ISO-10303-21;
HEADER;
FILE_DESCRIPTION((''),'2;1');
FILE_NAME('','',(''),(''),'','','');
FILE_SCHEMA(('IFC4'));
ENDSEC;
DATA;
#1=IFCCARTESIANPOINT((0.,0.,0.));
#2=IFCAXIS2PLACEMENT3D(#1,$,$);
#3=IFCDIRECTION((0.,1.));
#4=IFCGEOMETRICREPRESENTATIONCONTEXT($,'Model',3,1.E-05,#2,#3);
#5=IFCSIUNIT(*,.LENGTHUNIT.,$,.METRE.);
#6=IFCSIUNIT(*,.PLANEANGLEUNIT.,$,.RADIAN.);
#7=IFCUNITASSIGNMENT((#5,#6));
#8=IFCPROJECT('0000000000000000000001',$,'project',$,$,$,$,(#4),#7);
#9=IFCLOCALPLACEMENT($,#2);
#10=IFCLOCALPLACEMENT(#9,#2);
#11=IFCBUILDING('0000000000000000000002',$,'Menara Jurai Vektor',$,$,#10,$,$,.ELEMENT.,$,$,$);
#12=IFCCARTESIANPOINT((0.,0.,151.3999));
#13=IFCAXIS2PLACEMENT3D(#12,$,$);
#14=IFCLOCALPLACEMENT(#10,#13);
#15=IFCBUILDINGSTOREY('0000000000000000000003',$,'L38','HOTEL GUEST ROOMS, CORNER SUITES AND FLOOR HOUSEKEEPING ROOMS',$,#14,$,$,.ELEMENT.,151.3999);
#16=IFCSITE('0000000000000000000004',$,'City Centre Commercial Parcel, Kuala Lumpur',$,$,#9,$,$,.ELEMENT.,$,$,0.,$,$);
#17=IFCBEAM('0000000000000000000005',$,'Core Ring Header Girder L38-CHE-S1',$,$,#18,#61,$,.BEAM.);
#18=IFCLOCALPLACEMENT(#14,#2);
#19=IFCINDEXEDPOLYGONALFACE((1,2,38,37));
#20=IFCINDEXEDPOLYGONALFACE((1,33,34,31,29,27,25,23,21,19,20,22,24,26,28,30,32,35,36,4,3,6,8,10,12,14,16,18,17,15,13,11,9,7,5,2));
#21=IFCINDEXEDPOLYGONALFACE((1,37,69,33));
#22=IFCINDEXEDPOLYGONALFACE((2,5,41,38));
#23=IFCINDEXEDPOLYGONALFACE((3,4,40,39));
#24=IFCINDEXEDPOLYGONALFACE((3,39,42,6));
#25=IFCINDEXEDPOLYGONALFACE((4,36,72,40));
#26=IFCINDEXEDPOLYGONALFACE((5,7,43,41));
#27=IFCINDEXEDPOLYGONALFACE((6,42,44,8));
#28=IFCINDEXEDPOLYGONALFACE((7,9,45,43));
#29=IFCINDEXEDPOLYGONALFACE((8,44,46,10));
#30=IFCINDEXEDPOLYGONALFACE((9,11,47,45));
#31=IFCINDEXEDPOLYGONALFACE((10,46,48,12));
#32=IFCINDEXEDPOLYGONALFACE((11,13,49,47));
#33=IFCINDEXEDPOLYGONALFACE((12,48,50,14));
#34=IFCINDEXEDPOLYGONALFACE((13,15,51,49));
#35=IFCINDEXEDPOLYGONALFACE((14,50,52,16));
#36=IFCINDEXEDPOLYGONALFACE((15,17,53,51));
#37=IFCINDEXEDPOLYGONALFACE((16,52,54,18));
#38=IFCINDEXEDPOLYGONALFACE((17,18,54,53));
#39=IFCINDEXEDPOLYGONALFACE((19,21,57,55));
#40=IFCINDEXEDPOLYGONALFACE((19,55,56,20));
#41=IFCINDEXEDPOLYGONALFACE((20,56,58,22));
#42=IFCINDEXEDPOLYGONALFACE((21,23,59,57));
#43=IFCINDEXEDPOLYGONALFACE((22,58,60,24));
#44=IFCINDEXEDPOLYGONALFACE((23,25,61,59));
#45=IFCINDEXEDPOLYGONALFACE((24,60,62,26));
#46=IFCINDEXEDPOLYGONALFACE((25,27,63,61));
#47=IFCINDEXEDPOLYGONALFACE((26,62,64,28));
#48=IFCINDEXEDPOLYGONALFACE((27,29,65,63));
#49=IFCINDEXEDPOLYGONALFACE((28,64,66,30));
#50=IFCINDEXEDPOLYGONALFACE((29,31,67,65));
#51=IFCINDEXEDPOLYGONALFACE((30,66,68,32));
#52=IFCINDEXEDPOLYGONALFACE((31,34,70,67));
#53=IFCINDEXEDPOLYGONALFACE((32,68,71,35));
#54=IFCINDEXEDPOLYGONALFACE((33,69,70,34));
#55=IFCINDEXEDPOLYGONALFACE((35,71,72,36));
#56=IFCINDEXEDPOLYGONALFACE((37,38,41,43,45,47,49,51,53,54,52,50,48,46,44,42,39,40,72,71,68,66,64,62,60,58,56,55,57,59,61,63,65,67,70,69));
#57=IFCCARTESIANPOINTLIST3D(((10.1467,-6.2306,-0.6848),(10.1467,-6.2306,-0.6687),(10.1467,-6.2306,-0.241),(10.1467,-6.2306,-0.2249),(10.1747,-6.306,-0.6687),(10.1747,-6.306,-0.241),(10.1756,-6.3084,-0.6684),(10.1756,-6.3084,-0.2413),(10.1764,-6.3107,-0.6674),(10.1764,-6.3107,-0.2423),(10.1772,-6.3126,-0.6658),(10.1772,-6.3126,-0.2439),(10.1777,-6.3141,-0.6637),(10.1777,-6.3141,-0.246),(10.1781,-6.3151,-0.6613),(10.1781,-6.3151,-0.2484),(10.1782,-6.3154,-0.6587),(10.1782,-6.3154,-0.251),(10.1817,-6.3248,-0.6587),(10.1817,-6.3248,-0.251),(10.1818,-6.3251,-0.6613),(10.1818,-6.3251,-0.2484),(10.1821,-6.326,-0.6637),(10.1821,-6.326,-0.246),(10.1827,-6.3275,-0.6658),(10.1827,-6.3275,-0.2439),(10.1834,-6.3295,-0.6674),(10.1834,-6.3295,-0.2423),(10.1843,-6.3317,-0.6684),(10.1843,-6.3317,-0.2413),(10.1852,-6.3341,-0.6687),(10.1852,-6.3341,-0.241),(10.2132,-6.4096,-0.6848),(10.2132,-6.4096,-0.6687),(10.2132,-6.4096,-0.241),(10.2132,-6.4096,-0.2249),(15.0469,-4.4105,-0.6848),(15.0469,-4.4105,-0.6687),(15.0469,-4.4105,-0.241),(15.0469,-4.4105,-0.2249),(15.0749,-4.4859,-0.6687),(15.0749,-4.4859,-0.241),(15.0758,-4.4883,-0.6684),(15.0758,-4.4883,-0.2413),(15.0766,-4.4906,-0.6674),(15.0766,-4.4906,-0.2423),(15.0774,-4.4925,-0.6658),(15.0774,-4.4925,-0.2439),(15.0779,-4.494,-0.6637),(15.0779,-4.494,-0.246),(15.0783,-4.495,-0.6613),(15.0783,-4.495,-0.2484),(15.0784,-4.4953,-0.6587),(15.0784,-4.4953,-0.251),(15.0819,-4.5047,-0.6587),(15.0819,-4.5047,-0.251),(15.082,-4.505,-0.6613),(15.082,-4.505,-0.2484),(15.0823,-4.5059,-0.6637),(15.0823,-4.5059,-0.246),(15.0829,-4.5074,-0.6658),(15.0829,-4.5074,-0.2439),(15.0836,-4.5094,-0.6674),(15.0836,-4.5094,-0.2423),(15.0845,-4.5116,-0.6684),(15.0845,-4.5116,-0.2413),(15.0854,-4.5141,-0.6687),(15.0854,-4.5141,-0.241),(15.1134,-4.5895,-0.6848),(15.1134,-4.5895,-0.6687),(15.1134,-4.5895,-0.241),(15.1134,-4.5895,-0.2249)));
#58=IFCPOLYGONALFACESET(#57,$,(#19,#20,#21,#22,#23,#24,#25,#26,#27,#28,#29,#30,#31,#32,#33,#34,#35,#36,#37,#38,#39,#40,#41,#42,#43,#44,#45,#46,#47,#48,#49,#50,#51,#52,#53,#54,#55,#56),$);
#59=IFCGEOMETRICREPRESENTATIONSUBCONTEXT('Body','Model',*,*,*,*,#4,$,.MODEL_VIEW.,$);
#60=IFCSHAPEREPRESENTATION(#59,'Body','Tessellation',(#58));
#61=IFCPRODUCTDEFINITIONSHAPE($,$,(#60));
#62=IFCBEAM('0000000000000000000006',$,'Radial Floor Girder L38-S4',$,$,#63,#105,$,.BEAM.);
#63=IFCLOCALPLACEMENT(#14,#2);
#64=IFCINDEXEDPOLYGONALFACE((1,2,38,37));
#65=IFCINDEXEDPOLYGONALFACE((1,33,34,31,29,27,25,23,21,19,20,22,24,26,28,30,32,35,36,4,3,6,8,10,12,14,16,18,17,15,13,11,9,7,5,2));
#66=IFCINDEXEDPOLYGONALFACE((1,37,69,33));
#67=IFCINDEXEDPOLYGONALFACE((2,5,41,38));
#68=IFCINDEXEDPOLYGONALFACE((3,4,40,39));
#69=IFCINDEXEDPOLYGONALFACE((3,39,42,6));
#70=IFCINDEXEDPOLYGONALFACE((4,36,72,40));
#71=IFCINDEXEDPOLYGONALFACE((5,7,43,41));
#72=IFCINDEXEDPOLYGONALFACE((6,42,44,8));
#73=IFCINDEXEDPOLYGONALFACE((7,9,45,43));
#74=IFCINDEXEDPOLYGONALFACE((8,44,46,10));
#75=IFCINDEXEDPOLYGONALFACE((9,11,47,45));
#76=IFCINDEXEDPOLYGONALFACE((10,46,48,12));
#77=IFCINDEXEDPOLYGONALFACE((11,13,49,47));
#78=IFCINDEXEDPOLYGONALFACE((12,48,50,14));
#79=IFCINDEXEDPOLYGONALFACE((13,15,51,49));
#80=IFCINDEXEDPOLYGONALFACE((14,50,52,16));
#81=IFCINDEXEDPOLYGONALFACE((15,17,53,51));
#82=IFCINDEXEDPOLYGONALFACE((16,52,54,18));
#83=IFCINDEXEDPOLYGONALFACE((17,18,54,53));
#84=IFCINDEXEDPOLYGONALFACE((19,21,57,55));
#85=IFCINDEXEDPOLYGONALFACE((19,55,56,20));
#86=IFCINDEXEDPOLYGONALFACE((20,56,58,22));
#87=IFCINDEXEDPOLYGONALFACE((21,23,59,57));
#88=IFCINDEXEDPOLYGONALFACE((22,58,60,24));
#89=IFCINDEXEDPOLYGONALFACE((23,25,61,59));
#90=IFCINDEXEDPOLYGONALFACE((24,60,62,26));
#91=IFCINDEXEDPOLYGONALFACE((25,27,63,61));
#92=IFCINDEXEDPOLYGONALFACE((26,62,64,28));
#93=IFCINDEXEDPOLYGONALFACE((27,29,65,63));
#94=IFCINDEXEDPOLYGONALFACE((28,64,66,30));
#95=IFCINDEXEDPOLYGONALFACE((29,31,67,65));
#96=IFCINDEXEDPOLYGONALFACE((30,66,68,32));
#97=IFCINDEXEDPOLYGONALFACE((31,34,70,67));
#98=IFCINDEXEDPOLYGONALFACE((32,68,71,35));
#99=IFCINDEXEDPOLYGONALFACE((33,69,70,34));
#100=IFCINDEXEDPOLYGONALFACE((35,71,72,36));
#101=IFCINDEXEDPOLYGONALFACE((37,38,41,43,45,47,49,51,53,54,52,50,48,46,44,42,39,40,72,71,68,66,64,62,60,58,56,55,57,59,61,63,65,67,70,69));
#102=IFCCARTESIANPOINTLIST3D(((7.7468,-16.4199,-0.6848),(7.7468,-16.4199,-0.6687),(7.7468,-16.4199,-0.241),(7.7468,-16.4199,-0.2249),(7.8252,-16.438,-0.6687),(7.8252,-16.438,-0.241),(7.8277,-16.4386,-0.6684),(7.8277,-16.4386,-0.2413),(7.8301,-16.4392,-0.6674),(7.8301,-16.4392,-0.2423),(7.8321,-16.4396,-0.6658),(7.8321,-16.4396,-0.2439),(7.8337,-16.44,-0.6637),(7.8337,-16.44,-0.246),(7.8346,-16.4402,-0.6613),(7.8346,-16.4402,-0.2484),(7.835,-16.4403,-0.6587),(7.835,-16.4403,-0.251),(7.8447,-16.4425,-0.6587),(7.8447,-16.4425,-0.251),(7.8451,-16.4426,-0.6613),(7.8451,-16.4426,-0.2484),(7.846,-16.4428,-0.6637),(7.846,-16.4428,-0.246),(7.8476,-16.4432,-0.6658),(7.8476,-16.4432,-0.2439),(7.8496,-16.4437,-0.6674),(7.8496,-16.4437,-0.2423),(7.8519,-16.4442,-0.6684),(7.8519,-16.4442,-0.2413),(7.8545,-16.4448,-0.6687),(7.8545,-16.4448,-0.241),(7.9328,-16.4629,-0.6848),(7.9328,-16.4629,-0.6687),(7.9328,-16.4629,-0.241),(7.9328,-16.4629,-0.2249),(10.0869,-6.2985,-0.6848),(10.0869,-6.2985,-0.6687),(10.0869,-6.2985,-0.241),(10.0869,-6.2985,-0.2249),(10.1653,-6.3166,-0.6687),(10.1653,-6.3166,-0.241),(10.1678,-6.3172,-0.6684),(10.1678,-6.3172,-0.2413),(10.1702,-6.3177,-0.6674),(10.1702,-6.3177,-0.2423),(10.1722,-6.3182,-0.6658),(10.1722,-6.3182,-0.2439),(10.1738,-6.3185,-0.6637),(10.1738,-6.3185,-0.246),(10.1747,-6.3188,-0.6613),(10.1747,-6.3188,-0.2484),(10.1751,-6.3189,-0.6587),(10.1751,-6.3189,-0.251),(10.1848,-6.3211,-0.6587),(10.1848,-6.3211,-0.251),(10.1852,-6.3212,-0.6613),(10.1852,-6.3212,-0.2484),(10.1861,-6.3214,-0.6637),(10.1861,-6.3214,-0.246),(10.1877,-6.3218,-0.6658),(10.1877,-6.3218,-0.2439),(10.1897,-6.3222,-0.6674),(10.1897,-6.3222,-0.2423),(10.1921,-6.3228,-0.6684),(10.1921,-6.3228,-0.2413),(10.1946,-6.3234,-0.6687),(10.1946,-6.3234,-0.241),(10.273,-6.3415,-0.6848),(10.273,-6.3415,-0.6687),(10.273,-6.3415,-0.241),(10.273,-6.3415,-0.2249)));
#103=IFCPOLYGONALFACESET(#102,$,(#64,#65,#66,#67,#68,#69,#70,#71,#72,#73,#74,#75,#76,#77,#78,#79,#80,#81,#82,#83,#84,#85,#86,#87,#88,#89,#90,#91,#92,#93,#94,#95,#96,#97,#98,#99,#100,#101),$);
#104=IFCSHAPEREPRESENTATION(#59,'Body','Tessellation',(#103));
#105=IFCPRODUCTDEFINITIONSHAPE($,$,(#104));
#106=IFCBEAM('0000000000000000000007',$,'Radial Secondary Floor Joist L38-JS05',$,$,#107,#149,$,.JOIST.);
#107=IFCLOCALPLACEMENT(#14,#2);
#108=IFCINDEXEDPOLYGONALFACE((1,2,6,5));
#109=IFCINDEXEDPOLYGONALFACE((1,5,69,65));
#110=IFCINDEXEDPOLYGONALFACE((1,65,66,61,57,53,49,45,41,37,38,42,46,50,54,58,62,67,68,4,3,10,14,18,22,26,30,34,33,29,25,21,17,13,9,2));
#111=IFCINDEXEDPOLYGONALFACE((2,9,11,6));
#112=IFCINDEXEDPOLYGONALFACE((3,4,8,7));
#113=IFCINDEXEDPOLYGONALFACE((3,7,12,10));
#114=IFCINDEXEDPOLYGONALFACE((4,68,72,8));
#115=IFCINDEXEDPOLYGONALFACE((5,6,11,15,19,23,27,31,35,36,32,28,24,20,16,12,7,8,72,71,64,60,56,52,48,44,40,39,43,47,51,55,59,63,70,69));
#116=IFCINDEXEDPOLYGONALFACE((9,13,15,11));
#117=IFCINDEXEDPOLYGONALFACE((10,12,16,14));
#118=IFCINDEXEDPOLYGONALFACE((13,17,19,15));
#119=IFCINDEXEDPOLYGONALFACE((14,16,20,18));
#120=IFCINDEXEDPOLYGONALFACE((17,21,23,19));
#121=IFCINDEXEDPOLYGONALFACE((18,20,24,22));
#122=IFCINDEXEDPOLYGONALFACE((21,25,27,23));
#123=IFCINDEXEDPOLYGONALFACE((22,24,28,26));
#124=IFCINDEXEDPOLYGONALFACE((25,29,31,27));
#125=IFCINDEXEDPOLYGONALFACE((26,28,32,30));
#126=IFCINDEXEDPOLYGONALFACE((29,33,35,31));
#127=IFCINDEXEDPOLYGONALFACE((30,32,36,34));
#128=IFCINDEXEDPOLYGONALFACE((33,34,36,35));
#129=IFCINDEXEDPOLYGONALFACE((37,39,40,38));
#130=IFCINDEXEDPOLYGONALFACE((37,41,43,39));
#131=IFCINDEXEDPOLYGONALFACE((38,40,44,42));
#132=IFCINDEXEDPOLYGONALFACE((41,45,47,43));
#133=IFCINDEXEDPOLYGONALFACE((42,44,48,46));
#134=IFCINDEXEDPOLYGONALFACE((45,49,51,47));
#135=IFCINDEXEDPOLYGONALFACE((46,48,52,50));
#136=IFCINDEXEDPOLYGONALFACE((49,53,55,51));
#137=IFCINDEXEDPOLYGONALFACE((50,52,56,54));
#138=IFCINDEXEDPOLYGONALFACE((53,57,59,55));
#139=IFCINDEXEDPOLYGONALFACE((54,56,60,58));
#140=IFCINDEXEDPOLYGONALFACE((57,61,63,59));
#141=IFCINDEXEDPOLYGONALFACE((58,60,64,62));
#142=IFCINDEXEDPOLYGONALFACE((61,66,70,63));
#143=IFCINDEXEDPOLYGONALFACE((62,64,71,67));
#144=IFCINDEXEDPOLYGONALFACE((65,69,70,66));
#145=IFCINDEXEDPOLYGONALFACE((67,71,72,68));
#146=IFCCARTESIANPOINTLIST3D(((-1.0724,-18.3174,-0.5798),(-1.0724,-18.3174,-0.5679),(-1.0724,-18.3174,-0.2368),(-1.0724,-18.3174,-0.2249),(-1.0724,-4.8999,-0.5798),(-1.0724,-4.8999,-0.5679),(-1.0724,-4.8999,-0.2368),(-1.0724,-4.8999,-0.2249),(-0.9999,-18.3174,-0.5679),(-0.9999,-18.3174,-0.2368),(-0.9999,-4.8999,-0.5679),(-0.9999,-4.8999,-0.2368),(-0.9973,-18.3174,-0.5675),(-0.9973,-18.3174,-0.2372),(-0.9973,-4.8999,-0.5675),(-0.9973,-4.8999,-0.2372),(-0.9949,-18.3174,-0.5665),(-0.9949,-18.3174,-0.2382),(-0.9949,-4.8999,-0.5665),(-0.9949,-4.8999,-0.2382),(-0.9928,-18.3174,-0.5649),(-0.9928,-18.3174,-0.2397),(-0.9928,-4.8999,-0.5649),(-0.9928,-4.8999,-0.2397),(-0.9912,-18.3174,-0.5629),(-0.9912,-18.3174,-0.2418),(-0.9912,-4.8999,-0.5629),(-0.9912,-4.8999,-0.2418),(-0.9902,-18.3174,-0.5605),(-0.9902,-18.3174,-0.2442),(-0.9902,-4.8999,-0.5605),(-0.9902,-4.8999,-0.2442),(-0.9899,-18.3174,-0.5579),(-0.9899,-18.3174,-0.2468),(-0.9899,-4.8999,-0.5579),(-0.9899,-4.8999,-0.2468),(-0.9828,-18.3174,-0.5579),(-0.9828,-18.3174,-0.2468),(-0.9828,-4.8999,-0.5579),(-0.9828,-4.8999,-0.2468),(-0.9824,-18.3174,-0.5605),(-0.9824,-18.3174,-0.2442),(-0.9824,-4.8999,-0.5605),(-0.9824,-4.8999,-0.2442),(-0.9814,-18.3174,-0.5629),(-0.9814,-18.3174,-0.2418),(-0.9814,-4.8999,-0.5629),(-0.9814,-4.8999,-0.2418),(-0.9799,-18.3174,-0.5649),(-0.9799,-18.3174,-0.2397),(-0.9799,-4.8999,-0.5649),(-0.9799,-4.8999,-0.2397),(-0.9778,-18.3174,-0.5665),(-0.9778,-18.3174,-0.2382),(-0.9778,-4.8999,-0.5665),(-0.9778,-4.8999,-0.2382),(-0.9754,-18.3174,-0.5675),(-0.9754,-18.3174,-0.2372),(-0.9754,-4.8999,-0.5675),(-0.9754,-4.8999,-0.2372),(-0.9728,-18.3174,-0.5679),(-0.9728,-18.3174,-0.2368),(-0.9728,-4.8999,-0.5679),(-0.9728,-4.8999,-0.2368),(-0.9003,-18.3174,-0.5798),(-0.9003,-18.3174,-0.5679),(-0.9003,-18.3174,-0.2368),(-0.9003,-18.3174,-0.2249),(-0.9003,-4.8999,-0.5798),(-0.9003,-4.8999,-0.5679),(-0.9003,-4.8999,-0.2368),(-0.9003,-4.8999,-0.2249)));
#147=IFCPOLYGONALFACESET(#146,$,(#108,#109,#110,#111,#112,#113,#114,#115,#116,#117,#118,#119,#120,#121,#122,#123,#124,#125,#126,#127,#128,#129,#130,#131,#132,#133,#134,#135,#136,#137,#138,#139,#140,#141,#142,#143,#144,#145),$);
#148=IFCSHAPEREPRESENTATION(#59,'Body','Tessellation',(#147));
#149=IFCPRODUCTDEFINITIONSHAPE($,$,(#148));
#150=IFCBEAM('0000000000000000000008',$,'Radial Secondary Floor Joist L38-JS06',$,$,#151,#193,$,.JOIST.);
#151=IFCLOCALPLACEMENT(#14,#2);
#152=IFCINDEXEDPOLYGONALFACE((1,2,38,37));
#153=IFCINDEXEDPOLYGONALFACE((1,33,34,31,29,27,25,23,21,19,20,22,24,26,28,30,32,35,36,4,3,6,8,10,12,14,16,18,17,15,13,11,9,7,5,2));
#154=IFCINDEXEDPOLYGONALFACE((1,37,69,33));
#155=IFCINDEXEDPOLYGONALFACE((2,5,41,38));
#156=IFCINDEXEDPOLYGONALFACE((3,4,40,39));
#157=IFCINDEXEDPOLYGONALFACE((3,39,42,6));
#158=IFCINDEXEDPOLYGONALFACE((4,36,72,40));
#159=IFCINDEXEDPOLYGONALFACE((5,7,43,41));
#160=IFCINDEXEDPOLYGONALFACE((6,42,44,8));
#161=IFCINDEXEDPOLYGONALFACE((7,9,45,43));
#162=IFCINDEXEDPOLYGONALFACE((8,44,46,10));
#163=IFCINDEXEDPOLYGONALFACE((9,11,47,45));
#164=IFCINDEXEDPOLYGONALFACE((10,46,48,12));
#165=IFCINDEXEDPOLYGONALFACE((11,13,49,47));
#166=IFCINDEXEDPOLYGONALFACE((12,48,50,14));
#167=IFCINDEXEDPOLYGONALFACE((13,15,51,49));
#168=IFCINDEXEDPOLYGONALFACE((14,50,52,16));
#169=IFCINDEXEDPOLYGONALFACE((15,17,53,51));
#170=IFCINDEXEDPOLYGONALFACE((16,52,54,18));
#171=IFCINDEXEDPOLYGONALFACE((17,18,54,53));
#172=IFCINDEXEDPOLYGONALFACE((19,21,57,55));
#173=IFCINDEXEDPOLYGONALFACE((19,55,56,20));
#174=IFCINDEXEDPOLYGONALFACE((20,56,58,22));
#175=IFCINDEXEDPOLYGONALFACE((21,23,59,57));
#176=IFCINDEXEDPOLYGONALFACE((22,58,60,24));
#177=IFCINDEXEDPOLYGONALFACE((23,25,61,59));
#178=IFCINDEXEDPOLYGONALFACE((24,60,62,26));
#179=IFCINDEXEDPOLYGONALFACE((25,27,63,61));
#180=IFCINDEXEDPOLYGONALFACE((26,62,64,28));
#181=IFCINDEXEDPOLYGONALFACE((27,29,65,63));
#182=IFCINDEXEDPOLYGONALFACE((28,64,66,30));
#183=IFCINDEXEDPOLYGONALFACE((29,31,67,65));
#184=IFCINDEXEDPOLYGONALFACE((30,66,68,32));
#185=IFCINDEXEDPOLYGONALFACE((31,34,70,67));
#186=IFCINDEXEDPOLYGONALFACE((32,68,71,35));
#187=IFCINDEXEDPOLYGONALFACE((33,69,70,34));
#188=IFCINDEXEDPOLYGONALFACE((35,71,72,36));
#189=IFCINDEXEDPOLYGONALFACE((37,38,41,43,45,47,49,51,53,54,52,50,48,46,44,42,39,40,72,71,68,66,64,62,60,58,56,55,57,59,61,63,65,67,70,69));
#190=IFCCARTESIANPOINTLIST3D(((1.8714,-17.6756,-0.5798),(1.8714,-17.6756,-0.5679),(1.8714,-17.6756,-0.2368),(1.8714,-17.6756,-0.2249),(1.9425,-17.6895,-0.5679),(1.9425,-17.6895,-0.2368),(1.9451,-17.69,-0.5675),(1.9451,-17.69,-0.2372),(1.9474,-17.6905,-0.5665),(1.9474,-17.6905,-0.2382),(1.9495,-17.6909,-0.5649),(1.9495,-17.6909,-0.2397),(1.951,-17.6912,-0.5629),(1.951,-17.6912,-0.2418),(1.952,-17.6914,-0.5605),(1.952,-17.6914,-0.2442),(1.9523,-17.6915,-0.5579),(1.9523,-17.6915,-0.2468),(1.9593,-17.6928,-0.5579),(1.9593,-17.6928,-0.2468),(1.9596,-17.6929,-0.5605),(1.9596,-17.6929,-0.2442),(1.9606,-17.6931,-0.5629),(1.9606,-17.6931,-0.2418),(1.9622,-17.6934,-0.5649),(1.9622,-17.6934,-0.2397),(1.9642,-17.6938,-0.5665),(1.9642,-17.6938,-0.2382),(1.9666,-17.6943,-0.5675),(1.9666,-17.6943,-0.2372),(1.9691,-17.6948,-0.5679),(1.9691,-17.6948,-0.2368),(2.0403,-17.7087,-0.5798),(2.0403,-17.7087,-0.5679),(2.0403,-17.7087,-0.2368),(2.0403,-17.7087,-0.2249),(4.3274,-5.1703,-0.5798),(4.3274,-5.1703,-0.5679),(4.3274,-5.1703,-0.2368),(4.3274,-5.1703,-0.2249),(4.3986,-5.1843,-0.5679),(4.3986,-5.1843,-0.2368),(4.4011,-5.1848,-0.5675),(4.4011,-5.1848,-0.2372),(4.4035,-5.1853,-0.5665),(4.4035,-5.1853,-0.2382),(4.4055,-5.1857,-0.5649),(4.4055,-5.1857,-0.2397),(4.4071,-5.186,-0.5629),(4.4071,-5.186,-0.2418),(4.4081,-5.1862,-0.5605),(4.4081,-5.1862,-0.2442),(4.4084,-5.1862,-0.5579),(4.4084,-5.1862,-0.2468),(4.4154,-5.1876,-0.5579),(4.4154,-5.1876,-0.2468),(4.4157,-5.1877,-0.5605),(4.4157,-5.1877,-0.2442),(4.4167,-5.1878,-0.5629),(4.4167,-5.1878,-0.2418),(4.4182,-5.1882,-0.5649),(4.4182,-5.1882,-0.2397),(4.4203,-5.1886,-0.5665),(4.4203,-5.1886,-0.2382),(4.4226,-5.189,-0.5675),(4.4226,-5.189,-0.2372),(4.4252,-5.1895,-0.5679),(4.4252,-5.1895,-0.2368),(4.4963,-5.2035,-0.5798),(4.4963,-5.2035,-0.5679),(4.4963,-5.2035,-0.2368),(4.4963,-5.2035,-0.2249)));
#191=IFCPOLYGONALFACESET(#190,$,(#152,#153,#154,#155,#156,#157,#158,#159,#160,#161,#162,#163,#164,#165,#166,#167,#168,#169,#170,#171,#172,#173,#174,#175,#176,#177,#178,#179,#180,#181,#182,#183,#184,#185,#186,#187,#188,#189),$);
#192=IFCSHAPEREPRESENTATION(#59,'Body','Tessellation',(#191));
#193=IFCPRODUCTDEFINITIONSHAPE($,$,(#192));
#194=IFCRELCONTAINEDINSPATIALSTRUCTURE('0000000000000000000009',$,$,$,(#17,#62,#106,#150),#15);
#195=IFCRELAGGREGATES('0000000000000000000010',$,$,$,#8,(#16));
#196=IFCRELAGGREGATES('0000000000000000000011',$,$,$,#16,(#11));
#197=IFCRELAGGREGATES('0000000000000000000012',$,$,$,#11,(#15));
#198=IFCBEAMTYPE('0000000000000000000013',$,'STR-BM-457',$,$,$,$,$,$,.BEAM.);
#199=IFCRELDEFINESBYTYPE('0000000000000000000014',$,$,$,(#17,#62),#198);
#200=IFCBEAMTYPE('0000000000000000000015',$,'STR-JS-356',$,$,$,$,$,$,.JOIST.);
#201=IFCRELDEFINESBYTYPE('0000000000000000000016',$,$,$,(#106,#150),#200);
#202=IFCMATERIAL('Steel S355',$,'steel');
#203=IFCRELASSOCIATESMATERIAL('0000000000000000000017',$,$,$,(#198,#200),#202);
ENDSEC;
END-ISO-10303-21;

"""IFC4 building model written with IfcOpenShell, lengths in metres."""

from ifc_helpers import new_model, si_unit, direction, frame, origin, origin_2d, place, context, subcontext, project, spatial, i_section, extrude, material, material_profile, profile_set, type_object, element, save


model = new_model("IFC4")

# Units and contexts
model_context = context("Model", 3, precision=1e-05, world=origin(), true_north=direction((0.0, 1.0)))
body_context = subcontext(model_context, "Body", "Model", "MODEL_VIEW")
ifc_project = project(units=[si_unit("LENGTHUNIT", "METRE"), si_unit("PLANEANGLEUNIT", "RADIAN")], contexts=[model_context])

# Site, building, storey
site_placement = place(None, origin())
site = spatial("IfcSite", under=ifc_project, at=site_placement, Name="City Centre Commercial Parcel, Kuala Lumpur", CompositionType="ELEMENT", RefElevation=0.0)
building_placement = place(site_placement, origin())
building = spatial("IfcBuilding", under=site, at=building_placement, Name="Menara Jurai Vektor", CompositionType="ELEMENT")
storey_placement = place(building_placement, frame((0.0, 0.0, 151.3999)))
storey = spatial("IfcBuildingStorey", under=building, at=storey_placement, Name="L38", Description="HOTEL GUEST ROOMS, CORNER SUITES AND FLOOR HOUSEKEEPING ROOMS", CompositionType="ELEMENT", Elevation=151.3999)

# Beams
ifc_material_1 = material(Name="Steel S355", Category="steel")
ifc_material_profile_1 = material_profile(ifc_material_1, i_section(OverallWidth=0.1909, OverallDepth=0.46, WebThickness=0.01, FlangeThickness=0.0161, FilletRadius=0.01, at=origin_2d()), Name="UKB 457x191x82")
ifc_profile_set_1 = profile_set([ifc_material_profile_1], Name="Steel S355")
beam_type_1 = type_object("IfcBeamType", Name="STR-BM-457", PredefinedType="BEAM", material=ifc_profile_set_1)
beam_1_placement = place(storey_placement, frame((10.1799, -6.3201, -0.4548), z_axis=(0.937424, 0.348189, 0.0), x_axis=(-0.348189, 0.937424, 0.0)))
element("IfcBeam", 1, at=beam_1_placement, inside=storey, type_object=beam_type_1, Name="Core Ring Header Girder L38-CHE-S1", PredefinedType="BEAM", context=body_context, shape_type="SweptSolid", body=[
    extrude(i_section(OverallWidth=0.1909, OverallDepth=0.46, WebThickness=0.01, FlangeThickness=0.0161, FilletRadius=0.01, at=origin_2d()), origin(), (0.0, 0.0, 1.0), 5.2273),
])
beam_2_placement = place(storey_placement, frame((7.8398, -16.4414, -0.4548), z_axis=(0.225261, 0.974298, 0.0), x_axis=(-0.974298, 0.225261, 0.0)))
element("IfcBeam", 2, at=beam_2_placement, inside=storey, type_object=beam_type_1, Name="Radial Floor Girder L38-S4", PredefinedType="BEAM", context=body_context, shape_type="SweptSolid", body=[
    extrude(i_section(OverallWidth=0.1909, OverallDepth=0.46, WebThickness=0.01, FlangeThickness=0.0161, FilletRadius=0.01, at=origin_2d()), origin(), (0.0, 0.0, 1.0), 10.3884),
])
ifc_material_profile_2 = material_profile(ifc_material_1, i_section(OverallWidth=0.1721, OverallDepth=0.355, WebThickness=0.0071, FlangeThickness=0.012, FilletRadius=0.01, at=origin_2d()), Name="UKB 356x171x51")
ifc_profile_set_2 = profile_set([ifc_material_profile_2], Name="Steel S355")
beam_type_2 = type_object("IfcBeamType", Name="STR-JS-356", PredefinedType="JOIST", material=ifc_profile_set_2)
beam_3_placement = place(storey_placement, frame((-0.9863, -18.3174, -0.4023), z_axis=(0.0, 1.0, 0.0), x_axis=(-1.0, 0.0, 0.0)))
element("IfcBeam", 3, at=beam_3_placement, inside=storey, type_object=beam_type_2, Name="Radial Secondary Floor Joist L38-JS05", PredefinedType="JOIST", context=body_context, shape_type="SweptSolid", body=[
    extrude(i_section(OverallWidth=0.1721, OverallDepth=0.355, WebThickness=0.0071, FlangeThickness=0.012, FilletRadius=0.01, at=origin_2d()), origin(), (0.0, 0.0, 1.0), 13.4175),
])
beam_4_placement = place(storey_placement, frame((1.9558, -17.6921, -0.4023), z_axis=(0.192722, 0.981253, 0.0), x_axis=(-0.981253, 0.192722, 0.0)))
element("IfcBeam", 4, at=beam_4_placement, inside=storey, type_object=beam_type_2, Name="Radial Secondary Floor Joist L38-JS06", PredefinedType="JOIST", context=body_context, shape_type="SweptSolid", body=[
    extrude(i_section(OverallWidth=0.1721, OverallDepth=0.355, WebThickness=0.0071, FlangeThickness=0.012, FilletRadius=0.01, at=origin_2d()), origin(), (0.0, 0.0, 1.0), 12.7441),
])

save(model, "model.ifc")
